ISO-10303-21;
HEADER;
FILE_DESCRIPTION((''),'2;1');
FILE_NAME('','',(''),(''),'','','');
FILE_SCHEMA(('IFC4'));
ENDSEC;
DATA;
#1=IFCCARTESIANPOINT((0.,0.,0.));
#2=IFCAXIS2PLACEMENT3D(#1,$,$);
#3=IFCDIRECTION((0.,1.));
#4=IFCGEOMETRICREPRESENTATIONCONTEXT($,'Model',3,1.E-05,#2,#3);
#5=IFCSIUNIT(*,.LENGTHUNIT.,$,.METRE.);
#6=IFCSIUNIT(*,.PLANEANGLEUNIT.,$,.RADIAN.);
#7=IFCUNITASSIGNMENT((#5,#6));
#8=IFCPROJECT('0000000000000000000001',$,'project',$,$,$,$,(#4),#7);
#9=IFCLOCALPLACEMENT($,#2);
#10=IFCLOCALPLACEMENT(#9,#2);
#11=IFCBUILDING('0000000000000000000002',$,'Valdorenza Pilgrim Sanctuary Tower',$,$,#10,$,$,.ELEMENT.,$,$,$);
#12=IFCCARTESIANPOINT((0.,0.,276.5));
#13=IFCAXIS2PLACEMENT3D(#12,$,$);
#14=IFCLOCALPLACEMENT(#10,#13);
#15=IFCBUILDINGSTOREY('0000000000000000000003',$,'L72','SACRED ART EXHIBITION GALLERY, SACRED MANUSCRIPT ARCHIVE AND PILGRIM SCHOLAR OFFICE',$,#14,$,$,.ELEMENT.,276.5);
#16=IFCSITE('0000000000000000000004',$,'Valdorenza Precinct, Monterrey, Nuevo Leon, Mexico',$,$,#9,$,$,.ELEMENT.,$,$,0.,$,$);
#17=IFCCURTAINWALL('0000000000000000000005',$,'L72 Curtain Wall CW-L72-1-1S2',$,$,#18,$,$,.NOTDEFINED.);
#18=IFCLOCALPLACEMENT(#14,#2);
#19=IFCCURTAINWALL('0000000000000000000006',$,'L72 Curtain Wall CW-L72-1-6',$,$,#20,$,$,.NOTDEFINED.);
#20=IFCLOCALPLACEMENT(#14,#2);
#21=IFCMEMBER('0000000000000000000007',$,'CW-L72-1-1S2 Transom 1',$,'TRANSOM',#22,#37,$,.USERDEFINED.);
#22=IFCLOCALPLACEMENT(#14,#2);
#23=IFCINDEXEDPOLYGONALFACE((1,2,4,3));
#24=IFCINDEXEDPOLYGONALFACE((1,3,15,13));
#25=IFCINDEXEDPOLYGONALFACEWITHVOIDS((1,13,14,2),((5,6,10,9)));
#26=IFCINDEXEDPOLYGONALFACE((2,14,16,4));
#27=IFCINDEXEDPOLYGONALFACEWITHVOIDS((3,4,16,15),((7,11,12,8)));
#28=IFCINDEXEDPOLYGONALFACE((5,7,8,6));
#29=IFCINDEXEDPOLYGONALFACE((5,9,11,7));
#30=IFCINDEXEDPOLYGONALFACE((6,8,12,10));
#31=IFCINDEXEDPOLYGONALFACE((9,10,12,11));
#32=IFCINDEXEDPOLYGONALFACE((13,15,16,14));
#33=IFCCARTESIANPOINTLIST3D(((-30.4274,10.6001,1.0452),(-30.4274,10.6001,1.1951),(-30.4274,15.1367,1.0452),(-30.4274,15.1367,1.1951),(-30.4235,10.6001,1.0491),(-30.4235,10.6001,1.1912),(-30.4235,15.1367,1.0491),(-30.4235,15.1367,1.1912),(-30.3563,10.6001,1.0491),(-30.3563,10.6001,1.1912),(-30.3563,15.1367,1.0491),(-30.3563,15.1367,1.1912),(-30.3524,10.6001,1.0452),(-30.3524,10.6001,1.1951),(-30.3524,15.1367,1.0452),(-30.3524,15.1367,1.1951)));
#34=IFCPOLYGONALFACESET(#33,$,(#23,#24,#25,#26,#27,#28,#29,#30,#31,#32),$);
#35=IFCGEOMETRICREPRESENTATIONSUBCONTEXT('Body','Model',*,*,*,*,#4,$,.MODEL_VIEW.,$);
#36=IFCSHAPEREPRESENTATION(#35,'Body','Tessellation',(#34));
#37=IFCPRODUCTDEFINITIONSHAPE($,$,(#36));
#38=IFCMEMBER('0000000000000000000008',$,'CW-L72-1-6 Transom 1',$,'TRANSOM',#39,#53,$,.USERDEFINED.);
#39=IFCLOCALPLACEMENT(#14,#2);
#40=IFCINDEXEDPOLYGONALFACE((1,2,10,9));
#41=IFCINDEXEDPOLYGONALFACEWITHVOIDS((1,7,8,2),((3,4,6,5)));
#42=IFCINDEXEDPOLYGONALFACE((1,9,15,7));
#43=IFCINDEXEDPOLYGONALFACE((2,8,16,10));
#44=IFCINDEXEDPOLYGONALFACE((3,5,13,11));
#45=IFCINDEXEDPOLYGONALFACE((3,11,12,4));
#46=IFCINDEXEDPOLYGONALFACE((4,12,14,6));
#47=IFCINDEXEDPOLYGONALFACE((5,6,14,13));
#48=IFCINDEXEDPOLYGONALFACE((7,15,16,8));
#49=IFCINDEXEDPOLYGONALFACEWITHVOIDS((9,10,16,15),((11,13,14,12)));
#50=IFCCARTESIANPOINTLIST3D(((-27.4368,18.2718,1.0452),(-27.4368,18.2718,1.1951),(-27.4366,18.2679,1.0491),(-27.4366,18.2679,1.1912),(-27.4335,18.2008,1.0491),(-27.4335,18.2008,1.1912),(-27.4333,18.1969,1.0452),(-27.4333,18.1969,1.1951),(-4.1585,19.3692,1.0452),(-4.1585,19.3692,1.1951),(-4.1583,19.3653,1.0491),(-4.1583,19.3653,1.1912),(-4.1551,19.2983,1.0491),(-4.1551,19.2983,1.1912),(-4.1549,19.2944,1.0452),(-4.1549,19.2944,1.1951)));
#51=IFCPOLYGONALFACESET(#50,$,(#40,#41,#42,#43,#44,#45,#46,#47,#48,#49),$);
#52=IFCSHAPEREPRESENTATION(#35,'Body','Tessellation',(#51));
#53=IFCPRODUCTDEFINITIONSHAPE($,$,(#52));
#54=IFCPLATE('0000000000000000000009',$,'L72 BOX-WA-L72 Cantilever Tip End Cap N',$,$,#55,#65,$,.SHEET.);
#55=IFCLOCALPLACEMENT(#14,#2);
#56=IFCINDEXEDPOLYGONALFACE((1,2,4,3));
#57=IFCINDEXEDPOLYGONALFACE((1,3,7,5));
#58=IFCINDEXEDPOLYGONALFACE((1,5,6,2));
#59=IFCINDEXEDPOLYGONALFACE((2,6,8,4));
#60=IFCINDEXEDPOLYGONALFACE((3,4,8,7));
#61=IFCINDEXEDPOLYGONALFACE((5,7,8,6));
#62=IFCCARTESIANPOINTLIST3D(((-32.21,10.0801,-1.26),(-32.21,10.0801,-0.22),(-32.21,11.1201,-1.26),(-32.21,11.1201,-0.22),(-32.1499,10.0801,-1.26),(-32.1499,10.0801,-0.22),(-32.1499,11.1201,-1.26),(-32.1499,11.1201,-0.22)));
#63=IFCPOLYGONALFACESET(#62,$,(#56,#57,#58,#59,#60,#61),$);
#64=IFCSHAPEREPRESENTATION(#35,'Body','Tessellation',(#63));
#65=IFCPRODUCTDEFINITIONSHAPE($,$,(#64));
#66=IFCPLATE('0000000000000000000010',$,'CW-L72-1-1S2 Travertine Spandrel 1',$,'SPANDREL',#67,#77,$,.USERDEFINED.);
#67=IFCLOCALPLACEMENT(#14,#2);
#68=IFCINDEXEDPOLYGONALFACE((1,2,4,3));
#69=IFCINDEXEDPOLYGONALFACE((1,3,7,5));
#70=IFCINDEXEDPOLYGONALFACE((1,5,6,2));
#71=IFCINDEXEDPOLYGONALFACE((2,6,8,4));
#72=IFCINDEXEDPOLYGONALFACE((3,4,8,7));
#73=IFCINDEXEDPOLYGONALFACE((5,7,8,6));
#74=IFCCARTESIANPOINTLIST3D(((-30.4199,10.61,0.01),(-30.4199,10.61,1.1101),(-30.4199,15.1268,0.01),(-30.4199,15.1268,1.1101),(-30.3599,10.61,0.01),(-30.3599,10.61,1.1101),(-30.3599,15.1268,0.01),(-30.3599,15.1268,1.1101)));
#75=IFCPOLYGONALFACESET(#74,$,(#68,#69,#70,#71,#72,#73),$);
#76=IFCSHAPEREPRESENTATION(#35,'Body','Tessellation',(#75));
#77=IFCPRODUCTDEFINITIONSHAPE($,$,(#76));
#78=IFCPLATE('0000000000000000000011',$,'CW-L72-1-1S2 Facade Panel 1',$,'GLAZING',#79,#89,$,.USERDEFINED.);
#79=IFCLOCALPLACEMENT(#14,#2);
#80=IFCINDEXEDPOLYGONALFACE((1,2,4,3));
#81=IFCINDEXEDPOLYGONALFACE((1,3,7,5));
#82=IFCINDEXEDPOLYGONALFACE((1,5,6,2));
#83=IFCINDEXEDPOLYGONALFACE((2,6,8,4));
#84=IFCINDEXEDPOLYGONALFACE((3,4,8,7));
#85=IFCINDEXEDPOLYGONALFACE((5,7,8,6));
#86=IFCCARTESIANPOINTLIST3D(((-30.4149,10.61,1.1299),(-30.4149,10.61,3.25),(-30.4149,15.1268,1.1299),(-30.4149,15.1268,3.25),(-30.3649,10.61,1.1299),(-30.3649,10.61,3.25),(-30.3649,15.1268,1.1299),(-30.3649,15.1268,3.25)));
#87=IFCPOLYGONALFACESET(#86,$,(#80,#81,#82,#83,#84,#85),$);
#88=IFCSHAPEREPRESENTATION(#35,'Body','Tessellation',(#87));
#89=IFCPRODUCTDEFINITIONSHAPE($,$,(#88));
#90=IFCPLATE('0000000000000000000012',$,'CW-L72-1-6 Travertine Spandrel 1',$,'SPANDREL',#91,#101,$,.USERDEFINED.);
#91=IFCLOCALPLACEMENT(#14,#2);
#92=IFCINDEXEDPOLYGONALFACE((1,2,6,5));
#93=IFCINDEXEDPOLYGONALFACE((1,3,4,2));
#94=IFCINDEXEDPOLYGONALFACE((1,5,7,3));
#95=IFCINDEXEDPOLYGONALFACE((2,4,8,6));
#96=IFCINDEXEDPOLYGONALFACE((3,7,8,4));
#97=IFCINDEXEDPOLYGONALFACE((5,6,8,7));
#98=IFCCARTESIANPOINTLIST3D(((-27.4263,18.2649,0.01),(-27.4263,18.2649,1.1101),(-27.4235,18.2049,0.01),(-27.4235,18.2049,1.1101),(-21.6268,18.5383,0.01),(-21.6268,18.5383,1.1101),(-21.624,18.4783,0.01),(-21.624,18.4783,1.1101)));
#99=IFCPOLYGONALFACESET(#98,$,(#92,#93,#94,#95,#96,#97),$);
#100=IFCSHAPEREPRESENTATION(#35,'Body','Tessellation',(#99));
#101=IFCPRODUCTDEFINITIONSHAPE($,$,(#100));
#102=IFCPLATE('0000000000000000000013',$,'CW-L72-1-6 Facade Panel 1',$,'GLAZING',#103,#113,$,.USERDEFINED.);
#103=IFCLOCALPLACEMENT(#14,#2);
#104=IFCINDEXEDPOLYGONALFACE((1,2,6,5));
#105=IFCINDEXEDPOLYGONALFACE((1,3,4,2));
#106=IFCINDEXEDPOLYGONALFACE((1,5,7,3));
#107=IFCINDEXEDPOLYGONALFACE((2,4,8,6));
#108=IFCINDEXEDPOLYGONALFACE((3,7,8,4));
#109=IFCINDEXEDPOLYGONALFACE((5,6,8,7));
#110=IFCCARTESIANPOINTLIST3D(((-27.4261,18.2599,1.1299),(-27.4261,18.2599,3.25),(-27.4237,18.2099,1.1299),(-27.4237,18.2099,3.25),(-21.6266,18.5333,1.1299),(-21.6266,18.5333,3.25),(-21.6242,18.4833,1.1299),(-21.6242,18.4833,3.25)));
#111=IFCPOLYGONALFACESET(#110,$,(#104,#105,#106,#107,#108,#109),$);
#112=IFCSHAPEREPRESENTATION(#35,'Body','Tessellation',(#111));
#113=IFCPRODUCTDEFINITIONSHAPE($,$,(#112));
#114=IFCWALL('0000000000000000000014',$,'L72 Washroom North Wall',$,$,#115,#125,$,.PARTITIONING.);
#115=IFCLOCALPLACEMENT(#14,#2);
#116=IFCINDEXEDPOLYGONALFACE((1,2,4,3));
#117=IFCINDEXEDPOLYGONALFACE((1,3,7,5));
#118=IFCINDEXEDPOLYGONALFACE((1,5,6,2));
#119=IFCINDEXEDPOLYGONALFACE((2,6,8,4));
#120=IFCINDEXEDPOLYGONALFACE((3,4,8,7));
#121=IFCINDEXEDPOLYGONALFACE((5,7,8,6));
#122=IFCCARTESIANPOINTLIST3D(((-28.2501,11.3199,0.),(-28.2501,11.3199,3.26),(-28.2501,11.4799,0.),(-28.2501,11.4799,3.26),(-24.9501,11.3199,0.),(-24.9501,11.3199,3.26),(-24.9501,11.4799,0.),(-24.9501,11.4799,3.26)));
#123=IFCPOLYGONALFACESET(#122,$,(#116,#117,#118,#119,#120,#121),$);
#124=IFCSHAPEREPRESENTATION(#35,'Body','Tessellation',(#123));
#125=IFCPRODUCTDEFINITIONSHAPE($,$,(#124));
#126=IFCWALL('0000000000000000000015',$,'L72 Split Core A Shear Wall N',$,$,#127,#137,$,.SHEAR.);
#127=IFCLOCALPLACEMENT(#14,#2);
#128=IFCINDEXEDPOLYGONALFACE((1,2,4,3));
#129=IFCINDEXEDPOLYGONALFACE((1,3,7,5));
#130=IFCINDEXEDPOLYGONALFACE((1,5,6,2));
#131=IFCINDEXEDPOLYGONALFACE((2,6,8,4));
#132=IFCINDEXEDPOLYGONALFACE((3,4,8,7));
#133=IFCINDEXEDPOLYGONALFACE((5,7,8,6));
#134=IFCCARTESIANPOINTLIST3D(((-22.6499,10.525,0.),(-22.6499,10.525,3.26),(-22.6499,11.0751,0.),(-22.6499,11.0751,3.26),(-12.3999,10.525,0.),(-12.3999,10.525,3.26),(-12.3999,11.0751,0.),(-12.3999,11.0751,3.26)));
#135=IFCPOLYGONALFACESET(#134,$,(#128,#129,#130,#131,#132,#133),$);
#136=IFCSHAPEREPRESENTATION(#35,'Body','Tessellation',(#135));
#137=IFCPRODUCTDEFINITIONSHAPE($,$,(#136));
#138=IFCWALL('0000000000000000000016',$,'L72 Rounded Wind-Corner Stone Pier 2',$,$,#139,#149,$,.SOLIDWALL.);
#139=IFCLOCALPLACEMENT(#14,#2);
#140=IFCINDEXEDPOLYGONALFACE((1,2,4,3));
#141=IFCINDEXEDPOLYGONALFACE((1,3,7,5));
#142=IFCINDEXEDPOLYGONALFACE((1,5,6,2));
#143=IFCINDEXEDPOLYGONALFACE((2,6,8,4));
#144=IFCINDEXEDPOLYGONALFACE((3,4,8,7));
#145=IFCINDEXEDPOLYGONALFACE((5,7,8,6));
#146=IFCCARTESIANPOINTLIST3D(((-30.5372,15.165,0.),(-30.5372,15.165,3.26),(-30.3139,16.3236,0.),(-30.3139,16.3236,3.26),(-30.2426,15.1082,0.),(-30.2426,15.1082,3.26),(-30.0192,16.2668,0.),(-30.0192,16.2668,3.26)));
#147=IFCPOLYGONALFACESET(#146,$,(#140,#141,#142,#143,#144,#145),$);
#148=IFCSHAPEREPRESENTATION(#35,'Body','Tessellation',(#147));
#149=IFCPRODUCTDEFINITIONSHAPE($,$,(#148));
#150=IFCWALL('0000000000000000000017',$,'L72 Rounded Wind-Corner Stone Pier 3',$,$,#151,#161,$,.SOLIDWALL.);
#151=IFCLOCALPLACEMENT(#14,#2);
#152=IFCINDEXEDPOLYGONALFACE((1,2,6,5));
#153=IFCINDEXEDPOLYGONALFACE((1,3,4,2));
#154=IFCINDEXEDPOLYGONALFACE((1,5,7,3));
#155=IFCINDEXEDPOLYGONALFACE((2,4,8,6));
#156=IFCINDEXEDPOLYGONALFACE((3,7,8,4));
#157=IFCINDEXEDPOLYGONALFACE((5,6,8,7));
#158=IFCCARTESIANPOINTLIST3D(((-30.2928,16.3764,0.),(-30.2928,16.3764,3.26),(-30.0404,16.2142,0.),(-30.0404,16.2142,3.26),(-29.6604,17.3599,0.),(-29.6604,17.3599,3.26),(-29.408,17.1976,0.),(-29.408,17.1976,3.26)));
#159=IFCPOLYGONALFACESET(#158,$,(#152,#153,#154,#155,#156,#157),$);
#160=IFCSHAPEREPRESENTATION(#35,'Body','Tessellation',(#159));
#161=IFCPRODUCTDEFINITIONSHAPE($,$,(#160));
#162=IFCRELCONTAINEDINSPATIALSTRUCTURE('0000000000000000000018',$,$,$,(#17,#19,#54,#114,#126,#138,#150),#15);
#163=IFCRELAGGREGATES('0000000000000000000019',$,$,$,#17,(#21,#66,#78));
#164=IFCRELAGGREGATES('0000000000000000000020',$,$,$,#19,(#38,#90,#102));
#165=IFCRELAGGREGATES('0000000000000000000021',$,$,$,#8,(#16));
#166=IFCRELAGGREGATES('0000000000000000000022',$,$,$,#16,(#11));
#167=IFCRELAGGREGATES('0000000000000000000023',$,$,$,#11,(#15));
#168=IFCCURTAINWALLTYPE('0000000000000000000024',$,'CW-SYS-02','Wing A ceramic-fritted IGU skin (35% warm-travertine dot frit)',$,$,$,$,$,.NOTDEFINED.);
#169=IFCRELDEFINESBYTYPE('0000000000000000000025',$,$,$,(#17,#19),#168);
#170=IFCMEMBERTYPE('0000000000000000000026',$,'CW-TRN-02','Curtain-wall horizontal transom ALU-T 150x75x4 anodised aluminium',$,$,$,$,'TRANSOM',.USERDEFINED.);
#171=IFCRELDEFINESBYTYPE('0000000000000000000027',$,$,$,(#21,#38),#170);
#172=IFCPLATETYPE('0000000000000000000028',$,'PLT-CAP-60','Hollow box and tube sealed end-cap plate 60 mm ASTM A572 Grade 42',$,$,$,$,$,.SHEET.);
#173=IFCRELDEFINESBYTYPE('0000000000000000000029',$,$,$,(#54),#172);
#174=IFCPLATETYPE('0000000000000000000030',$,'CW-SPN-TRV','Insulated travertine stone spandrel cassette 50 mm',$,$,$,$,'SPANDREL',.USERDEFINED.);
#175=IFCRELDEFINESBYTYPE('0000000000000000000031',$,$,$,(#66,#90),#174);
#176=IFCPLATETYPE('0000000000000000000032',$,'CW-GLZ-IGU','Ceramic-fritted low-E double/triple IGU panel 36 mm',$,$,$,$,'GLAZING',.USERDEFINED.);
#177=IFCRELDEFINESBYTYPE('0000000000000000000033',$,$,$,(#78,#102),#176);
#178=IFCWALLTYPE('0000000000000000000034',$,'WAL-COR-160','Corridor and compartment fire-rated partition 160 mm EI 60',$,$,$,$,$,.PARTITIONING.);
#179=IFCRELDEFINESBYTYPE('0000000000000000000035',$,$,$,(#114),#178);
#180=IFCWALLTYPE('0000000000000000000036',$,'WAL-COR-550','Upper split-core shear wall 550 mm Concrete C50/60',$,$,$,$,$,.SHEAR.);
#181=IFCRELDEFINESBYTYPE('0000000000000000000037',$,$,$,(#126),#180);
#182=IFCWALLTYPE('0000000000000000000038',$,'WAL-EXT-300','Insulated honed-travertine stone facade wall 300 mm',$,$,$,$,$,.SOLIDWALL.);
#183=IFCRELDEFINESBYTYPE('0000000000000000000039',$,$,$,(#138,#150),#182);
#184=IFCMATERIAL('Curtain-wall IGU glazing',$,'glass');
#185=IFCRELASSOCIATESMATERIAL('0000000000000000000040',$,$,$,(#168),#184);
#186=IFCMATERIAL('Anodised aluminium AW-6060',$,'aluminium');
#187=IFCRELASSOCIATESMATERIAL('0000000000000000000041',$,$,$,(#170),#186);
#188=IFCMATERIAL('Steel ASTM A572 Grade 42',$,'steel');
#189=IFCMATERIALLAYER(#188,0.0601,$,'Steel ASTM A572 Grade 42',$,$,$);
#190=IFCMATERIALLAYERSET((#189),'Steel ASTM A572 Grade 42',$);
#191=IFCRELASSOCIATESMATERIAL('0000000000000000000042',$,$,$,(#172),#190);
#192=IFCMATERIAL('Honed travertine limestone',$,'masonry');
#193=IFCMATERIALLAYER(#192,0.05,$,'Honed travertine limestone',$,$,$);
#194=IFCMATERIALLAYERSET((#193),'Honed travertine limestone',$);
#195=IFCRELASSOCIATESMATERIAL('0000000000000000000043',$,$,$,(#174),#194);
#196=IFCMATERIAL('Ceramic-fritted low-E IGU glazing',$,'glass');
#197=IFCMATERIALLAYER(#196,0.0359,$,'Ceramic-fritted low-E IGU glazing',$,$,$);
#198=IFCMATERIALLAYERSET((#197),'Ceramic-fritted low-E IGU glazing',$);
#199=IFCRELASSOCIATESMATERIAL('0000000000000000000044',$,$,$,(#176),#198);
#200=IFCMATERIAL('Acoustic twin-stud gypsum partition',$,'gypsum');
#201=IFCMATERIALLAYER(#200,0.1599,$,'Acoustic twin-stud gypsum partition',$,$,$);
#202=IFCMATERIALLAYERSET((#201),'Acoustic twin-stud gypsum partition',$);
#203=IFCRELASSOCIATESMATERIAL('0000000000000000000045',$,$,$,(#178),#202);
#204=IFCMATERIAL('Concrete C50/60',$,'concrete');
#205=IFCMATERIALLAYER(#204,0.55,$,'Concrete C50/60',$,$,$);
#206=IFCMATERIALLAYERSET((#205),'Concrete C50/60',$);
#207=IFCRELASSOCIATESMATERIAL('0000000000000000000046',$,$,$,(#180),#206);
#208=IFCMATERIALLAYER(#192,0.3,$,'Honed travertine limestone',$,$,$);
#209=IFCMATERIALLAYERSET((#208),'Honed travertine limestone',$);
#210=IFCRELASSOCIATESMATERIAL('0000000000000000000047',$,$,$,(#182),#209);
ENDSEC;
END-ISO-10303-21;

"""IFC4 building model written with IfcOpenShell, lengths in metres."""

from ifc_helpers import new_model, si_unit, direction, frame, frame_2d, origin, origin_2d, place, context, subcontext, project, spatial, rectangle, hollow_rectangle, extrude, source, transform, mapped, material, layer, layer_set, material_profile, profile_set, type_object, element, aggregate, save


model = new_model("IFC4")

# Units and contexts
model_context = context("Model", 3, precision=1e-05, world=origin(), true_north=direction((0.0, 1.0)))
body_context = subcontext(model_context, "Body", "Model", "MODEL_VIEW")
ifc_project = project(units=[si_unit("LENGTHUNIT", "METRE"), si_unit("PLANEANGLEUNIT", "RADIAN")], contexts=[model_context])

# Site, building, storey
site_placement = place(None, origin())
site = spatial("IfcSite", under=ifc_project, at=site_placement, Name="Valdorenza Precinct, Monterrey, Nuevo Leon, Mexico", CompositionType="ELEMENT", RefElevation=0.0)
building_placement = place(site_placement, origin())
building = spatial("IfcBuilding", under=site, at=building_placement, Name="Valdorenza Pilgrim Sanctuary Tower", CompositionType="ELEMENT")
storey_placement = place(building_placement, frame((0.0, 0.0, 276.5)))
storey = spatial("IfcBuildingStorey", under=building, at=storey_placement, Name="L72", Description="SACRED ART EXHIBITION GALLERY, SACRED MANUSCRIPT ARCHIVE AND PILGRIM SCHOLAR OFFICE", CompositionType="ELEMENT", Elevation=276.5)

# Shared definitions
ifc_material_1 = material(Name="Concrete C50/60", Category="concrete")

# Shared definitions
ifc_material_2 = material(Name="Steel ASTM A572 Grade 42", Category="steel")

# Curtain walls
ifc_material_3 = material(Name="Curtain-wall IGU glazing", Category="glass")
curtain_wall_type = type_object("IfcCurtainWallType", Name="CW-SYS-02", Description="Wing A ceramic-fritted IGU skin (35% warm-travertine dot frit)", PredefinedType="NOTDEFINED", material=ifc_material_3)
curtain_wall_1_placement = place(storey_placement, origin())
curtain_wall_1 = element("IfcCurtainWall", 1, at=curtain_wall_1_placement, inside=storey, type_object=curtain_wall_type, Name="L72 Curtain Wall CW-L72-1-1S2", PredefinedType="NOTDEFINED")
ifc_material_4 = material(Name="Anodised aluminium AW-6060", Category="aluminium")
curtain_wall_2_placement = place(storey_placement, origin())
curtain_wall_2 = element("IfcCurtainWall", 2, at=curtain_wall_2_placement, inside=storey, type_object=curtain_wall_type, Name="L72 Curtain Wall CW-L72-1-6", PredefinedType="NOTDEFINED")

# Members
ifc_material_profile_1 = material_profile(ifc_material_4, hollow_rectangle(XDim=0.075, YDim=0.1499, WallThickness=0.0039, at=origin_2d()), Name="ALU-T 150x75x4")
ifc_profile_set_1 = profile_set([ifc_material_profile_1], Name="Anodised aluminium AW-6060")
member_type_1 = type_object("IfcMemberType", Name="CW-TRN-02", Description="Curtain-wall horizontal transom ALU-T 150x75x4 anodised aluminium", ElementType="TRANSOM", PredefinedType="USERDEFINED", material=ifc_profile_set_1)
shared_shape_1 = source(origin(), body_context, "Body", "SweptSolid", [
    extrude(hollow_rectangle(XDim=0.075, YDim=0.1499, WallThickness=0.0039, at=origin_2d()), origin(), (0.0, 0.0, 1.0), 4.5366),
])
member_1_placement = place(storey_placement, frame((-30.3899, 10.6001, 1.1201), z_axis=(0.0, 1.0, 0.0), x_axis=(-1.0, 0.0, 0.0)))
member_1 = element("IfcMember", 3, at=member_1_placement, type_object=member_type_1, Name="CW-L72-1-1S2 Transom 1", ObjectType="TRANSOM", PredefinedType="USERDEFINED", context=body_context, shape_type="MappedRepresentation", body=[
    mapped(shared_shape_1, transform((0.0, 0.0, 0.0), x_axis=(1.0, 0.0, 0.0), y_axis=(0.0, 1.0, 0.0), z_axis=(0.0, 0.0, 1.0), scale=1.0)),
])
shared_shape_2 = source(origin(), body_context, "Body", "SweptSolid", [
    extrude(hollow_rectangle(XDim=0.075, YDim=0.1499, WallThickness=0.0039, at=origin_2d()), origin(), (0.0, 0.0, 1.0), 23.3042),
])
member_2_placement = place(storey_placement, frame((-27.4351, 18.2344, 1.1201), z_axis=(0.998891, 0.047091, 0.0), x_axis=(-0.047091, 0.998891, 0.0)))
member_2 = element("IfcMember", 4, at=member_2_placement, type_object=member_type_1, Name="CW-L72-1-6 Transom 1", ObjectType="TRANSOM", PredefinedType="USERDEFINED", context=body_context, shape_type="MappedRepresentation", body=[
    mapped(shared_shape_2, transform((0.0, 0.0, 0.0), x_axis=(1.0, 0.0, 0.0), y_axis=(0.0, 1.0, 0.0), z_axis=(0.0, 0.0, 1.0), scale=1.0)),
])

# Plates
ifc_layer_1 = layer(ifc_material_2, 0.0601, Name="Steel ASTM A572 Grade 42")
ifc_layer_set_1 = layer_set([ifc_layer_1], Name="Steel ASTM A572 Grade 42")
plate_type_1 = type_object("IfcPlateType", Name="PLT-CAP-60", Description="Hollow box and tube sealed end-cap plate 60 mm ASTM A572 Grade 42", PredefinedType="SHEET", material=ifc_layer_set_1)
shared_shape_3 = source(origin(), body_context, "Body", "SweptSolid", [
    extrude(rectangle(XDim=0.0601, YDim=1.04, at=origin_2d()), origin(), (0.0, 0.0, 1.0), 1.04),
])
plate_1_placement = place(storey_placement, frame((-32.1799, 10.6001, -1.26), z_axis=(0.0, 0.0, 1.0), x_axis=(1.0, 0.0, 0.0)))
element("IfcPlate", 5, at=plate_1_placement, inside=storey, type_object=plate_type_1, Name="L72 BOX-WA-L72 Cantilever Tip End Cap N", PredefinedType="SHEET", context=body_context, shape_type="MappedRepresentation", body=[
    mapped(shared_shape_3, transform((0.0, 0.0, 0.0), x_axis=(1.0, 0.0, 0.0), y_axis=(0.0, 1.0, 0.0), z_axis=(0.0, 0.0, 1.0), scale=1.0)),
])
ifc_material_5 = material(Name="Honed travertine limestone", Category="masonry")
ifc_layer_2 = layer(ifc_material_5, 0.05, Name="Honed travertine limestone")
ifc_layer_set_2 = layer_set([ifc_layer_2], Name="Honed travertine limestone")
plate_type_2 = type_object("IfcPlateType", Name="CW-SPN-TRV", Description="Insulated travertine stone spandrel cassette 50 mm", ElementType="SPANDREL", PredefinedType="USERDEFINED", material=ifc_layer_set_2)
shared_shape_4 = source(origin(), body_context, "Body", "SweptSolid", [
    extrude(rectangle(XDim=4.5168, YDim=0.0601, at=origin_2d()), origin(), (0.0, 0.0, 1.0), 1.1001),
])
plate_2_placement = place(storey_placement, frame((-30.3899, 12.8684, 0.01), z_axis=(0.0, 0.0, 1.0), x_axis=(0.0, 1.0, 0.0)))
plate_2 = element("IfcPlate", 6, at=plate_2_placement, type_object=plate_type_2, Name="CW-L72-1-1S2 Travertine Spandrel 1", ObjectType="SPANDREL", PredefinedType="USERDEFINED", context=body_context, shape_type="MappedRepresentation", body=[
    mapped(shared_shape_4, transform((0.0, 0.0, 0.0), x_axis=(1.0, 0.0, 0.0), y_axis=(0.0, 1.0, 0.0), z_axis=(0.0, 0.0, 1.0), scale=1.0)),
])
ifc_material_6 = material(Name="Ceramic-fritted low-E IGU glazing", Category="glass")
ifc_layer_3 = layer(ifc_material_6, 0.0359, Name="Ceramic-fritted low-E IGU glazing")
ifc_layer_set_3 = layer_set([ifc_layer_3], Name="Ceramic-fritted low-E IGU glazing")
plate_type_3 = type_object("IfcPlateType", Name="CW-GLZ-IGU", Description="Ceramic-fritted low-E double/triple IGU panel 36 mm", ElementType="GLAZING", PredefinedType="USERDEFINED", material=ifc_layer_set_3)
shared_shape_5 = source(origin(), body_context, "Body", "SweptSolid", [
    extrude(rectangle(XDim=4.5168, YDim=0.05, at=origin_2d()), origin(), (0.0, 0.0, 1.0), 2.1201),
])
plate_3_placement = place(storey_placement, frame((-30.3899, 12.8684, 1.1299), z_axis=(0.0, 0.0, 1.0), x_axis=(0.0, 1.0, 0.0)))
plate_3 = element("IfcPlate", 7, at=plate_3_placement, type_object=plate_type_3, Name="CW-L72-1-1S2 Facade Panel 1", ObjectType="GLAZING", PredefinedType="USERDEFINED", context=body_context, shape_type="MappedRepresentation", body=[
    mapped(shared_shape_5, transform((0.0, 0.0, 0.0), x_axis=(1.0, 0.0, 0.0), y_axis=(0.0, 1.0, 0.0), z_axis=(0.0, 0.0, 1.0), scale=1.0)),
])
aggregate(curtain_wall_1, [member_1, plate_2, plate_3])
shared_shape_6 = source(origin(), body_context, "Body", "SweptSolid", [
    extrude(rectangle(XDim=5.8059, YDim=0.0601, at=origin_2d()), origin(), (0.0, 0.0, 1.0), 1.1001),
])
plate_4_placement = place(storey_placement, frame((-24.5251, 18.3716, 0.01), z_axis=(0.0, 0.0, 1.0), x_axis=(0.998891, 0.047089, 0.0)))
plate_4 = element("IfcPlate", 8, at=plate_4_placement, type_object=plate_type_2, Name="CW-L72-1-6 Travertine Spandrel 1", ObjectType="SPANDREL", PredefinedType="USERDEFINED", context=body_context, shape_type="MappedRepresentation", body=[
    mapped(shared_shape_6, transform((0.0, 0.0, 0.0), x_axis=(1.0, 0.0, 0.0), y_axis=(0.0, 1.0, 0.0), z_axis=(0.0, 0.0, 1.0), scale=1.0)),
])
shared_shape_7 = source(origin(), body_context, "Body", "SweptSolid", [
    extrude(rectangle(XDim=5.8059, YDim=0.05, at=origin_2d()), origin(), (0.0, 0.0, 1.0), 2.1201),
])
plate_5_placement = place(storey_placement, frame((-24.5251, 18.3716, 1.1299), z_axis=(0.0, 0.0, 1.0), x_axis=(0.998891, 0.047089, 0.0)))
plate_5 = element("IfcPlate", 9, at=plate_5_placement, type_object=plate_type_3, Name="CW-L72-1-6 Facade Panel 1", ObjectType="GLAZING", PredefinedType="USERDEFINED", context=body_context, shape_type="MappedRepresentation", body=[
    mapped(shared_shape_7, transform((0.0, 0.0, 0.0), x_axis=(1.0, 0.0, 0.0), y_axis=(0.0, 1.0, 0.0), z_axis=(0.0, 0.0, 1.0), scale=1.0)),
])
aggregate(curtain_wall_2, [member_2, plate_4, plate_5])

# Wall
ifc_material_7 = material(Name="Acoustic twin-stud gypsum partition", Category="gypsum")
ifc_layer_4 = layer(ifc_material_7, 0.1599, Name="Acoustic twin-stud gypsum partition")
ifc_layer_set_4 = layer_set([ifc_layer_4], Name="Acoustic twin-stud gypsum partition")
wall_type_1 = type_object("IfcWallType", Name="WAL-COR-160", Description="Corridor and compartment fire-rated partition 160 mm EI 60", PredefinedType="PARTITIONING", material=ifc_layer_set_4)
wall_1_placement = place(storey_placement, frame((-28.25, 11.3999, 0.0), z_axis=(0.0, 0.0, 1.0), x_axis=(1.0, 0.0, 0.0)))
element("IfcWall", 10, at=wall_1_placement, inside=storey, type_object=wall_type_1, Name="L72 Washroom North Wall", PredefinedType="PARTITIONING", context=body_context, shape_type="SweptSolid", body=[
    extrude(rectangle(XDim=3.3, YDim=0.1599, at=frame_2d((1.6499, 0.0))), origin(), (0.0, 0.0, 1.0), 3.26),
])

# Walls
ifc_layer_5 = layer(ifc_material_1, 0.55, Name="Concrete C50/60")
ifc_layer_set_5 = layer_set([ifc_layer_5], Name="Concrete C50/60")
wall_type_2 = type_object("IfcWallType", Name="WAL-COR-550", Description="Upper split-core shear wall 550 mm Concrete C50/60", PredefinedType="SHEAR", material=ifc_layer_set_5)
wall_2_placement = place(storey_placement, frame((-22.6499, 10.8, 0.0), z_axis=(0.0, 0.0, 1.0), x_axis=(1.0, 0.0, 0.0)))
element("IfcWall", 11, at=wall_2_placement, inside=storey, type_object=wall_type_2, Name="L72 Split Core A Shear Wall N", PredefinedType="SHEAR", context=body_context, shape_type="SweptSolid", body=[
    extrude(rectangle(XDim=10.25, YDim=0.55, at=frame_2d((5.125, 0.0))), origin(), (0.0, 0.0, 1.0), 3.26),
])
ifc_layer_6 = layer(ifc_material_5, 0.3, Name="Honed travertine limestone")
ifc_layer_set_6 = layer_set([ifc_layer_6], Name="Honed travertine limestone")
wall_type_3 = type_object("IfcWallType", Name="WAL-EXT-300", Description="Insulated honed-travertine stone facade wall 300 mm", PredefinedType="SOLIDWALL", material=ifc_layer_set_6)
wall_3_placement = place(storey_placement, frame((-30.3899, 15.1367, 0.0), z_axis=(0.0, 0.0, 1.0), x_axis=(0.189308, 0.981918, 0.0)))
element("IfcWall", 12, at=wall_3_placement, inside=storey, type_object=wall_type_3, Name="L72 Rounded Wind-Corner Stone Pier 2", PredefinedType="SOLIDWALL", context=body_context, shape_type="SweptSolid", body=[
    extrude(rectangle(XDim=1.1799, YDim=0.3, at=frame_2d((0.5898, 0.0))), origin(), (0.0, 0.0, 1.0), 3.26),
])
wall_4_placement = place(storey_placement, frame((-30.1665, 16.2954, 0.0), z_axis=(0.0, 0.0, 1.0), x_axis=(0.540842, 0.841124, 0.0)))
element("IfcWall", 13, at=wall_4_placement, inside=storey, type_object=wall_type_3, Name="L72 Rounded Wind-Corner Stone Pier 3", PredefinedType="SOLIDWALL", context=body_context, shape_type="SweptSolid", body=[
    extrude(rectangle(XDim=1.1692, YDim=0.3, at=frame_2d((0.5845, 0.0))), origin(), (0.0, 0.0, 1.0), 3.26),
])

save(model, "model.ifc")
